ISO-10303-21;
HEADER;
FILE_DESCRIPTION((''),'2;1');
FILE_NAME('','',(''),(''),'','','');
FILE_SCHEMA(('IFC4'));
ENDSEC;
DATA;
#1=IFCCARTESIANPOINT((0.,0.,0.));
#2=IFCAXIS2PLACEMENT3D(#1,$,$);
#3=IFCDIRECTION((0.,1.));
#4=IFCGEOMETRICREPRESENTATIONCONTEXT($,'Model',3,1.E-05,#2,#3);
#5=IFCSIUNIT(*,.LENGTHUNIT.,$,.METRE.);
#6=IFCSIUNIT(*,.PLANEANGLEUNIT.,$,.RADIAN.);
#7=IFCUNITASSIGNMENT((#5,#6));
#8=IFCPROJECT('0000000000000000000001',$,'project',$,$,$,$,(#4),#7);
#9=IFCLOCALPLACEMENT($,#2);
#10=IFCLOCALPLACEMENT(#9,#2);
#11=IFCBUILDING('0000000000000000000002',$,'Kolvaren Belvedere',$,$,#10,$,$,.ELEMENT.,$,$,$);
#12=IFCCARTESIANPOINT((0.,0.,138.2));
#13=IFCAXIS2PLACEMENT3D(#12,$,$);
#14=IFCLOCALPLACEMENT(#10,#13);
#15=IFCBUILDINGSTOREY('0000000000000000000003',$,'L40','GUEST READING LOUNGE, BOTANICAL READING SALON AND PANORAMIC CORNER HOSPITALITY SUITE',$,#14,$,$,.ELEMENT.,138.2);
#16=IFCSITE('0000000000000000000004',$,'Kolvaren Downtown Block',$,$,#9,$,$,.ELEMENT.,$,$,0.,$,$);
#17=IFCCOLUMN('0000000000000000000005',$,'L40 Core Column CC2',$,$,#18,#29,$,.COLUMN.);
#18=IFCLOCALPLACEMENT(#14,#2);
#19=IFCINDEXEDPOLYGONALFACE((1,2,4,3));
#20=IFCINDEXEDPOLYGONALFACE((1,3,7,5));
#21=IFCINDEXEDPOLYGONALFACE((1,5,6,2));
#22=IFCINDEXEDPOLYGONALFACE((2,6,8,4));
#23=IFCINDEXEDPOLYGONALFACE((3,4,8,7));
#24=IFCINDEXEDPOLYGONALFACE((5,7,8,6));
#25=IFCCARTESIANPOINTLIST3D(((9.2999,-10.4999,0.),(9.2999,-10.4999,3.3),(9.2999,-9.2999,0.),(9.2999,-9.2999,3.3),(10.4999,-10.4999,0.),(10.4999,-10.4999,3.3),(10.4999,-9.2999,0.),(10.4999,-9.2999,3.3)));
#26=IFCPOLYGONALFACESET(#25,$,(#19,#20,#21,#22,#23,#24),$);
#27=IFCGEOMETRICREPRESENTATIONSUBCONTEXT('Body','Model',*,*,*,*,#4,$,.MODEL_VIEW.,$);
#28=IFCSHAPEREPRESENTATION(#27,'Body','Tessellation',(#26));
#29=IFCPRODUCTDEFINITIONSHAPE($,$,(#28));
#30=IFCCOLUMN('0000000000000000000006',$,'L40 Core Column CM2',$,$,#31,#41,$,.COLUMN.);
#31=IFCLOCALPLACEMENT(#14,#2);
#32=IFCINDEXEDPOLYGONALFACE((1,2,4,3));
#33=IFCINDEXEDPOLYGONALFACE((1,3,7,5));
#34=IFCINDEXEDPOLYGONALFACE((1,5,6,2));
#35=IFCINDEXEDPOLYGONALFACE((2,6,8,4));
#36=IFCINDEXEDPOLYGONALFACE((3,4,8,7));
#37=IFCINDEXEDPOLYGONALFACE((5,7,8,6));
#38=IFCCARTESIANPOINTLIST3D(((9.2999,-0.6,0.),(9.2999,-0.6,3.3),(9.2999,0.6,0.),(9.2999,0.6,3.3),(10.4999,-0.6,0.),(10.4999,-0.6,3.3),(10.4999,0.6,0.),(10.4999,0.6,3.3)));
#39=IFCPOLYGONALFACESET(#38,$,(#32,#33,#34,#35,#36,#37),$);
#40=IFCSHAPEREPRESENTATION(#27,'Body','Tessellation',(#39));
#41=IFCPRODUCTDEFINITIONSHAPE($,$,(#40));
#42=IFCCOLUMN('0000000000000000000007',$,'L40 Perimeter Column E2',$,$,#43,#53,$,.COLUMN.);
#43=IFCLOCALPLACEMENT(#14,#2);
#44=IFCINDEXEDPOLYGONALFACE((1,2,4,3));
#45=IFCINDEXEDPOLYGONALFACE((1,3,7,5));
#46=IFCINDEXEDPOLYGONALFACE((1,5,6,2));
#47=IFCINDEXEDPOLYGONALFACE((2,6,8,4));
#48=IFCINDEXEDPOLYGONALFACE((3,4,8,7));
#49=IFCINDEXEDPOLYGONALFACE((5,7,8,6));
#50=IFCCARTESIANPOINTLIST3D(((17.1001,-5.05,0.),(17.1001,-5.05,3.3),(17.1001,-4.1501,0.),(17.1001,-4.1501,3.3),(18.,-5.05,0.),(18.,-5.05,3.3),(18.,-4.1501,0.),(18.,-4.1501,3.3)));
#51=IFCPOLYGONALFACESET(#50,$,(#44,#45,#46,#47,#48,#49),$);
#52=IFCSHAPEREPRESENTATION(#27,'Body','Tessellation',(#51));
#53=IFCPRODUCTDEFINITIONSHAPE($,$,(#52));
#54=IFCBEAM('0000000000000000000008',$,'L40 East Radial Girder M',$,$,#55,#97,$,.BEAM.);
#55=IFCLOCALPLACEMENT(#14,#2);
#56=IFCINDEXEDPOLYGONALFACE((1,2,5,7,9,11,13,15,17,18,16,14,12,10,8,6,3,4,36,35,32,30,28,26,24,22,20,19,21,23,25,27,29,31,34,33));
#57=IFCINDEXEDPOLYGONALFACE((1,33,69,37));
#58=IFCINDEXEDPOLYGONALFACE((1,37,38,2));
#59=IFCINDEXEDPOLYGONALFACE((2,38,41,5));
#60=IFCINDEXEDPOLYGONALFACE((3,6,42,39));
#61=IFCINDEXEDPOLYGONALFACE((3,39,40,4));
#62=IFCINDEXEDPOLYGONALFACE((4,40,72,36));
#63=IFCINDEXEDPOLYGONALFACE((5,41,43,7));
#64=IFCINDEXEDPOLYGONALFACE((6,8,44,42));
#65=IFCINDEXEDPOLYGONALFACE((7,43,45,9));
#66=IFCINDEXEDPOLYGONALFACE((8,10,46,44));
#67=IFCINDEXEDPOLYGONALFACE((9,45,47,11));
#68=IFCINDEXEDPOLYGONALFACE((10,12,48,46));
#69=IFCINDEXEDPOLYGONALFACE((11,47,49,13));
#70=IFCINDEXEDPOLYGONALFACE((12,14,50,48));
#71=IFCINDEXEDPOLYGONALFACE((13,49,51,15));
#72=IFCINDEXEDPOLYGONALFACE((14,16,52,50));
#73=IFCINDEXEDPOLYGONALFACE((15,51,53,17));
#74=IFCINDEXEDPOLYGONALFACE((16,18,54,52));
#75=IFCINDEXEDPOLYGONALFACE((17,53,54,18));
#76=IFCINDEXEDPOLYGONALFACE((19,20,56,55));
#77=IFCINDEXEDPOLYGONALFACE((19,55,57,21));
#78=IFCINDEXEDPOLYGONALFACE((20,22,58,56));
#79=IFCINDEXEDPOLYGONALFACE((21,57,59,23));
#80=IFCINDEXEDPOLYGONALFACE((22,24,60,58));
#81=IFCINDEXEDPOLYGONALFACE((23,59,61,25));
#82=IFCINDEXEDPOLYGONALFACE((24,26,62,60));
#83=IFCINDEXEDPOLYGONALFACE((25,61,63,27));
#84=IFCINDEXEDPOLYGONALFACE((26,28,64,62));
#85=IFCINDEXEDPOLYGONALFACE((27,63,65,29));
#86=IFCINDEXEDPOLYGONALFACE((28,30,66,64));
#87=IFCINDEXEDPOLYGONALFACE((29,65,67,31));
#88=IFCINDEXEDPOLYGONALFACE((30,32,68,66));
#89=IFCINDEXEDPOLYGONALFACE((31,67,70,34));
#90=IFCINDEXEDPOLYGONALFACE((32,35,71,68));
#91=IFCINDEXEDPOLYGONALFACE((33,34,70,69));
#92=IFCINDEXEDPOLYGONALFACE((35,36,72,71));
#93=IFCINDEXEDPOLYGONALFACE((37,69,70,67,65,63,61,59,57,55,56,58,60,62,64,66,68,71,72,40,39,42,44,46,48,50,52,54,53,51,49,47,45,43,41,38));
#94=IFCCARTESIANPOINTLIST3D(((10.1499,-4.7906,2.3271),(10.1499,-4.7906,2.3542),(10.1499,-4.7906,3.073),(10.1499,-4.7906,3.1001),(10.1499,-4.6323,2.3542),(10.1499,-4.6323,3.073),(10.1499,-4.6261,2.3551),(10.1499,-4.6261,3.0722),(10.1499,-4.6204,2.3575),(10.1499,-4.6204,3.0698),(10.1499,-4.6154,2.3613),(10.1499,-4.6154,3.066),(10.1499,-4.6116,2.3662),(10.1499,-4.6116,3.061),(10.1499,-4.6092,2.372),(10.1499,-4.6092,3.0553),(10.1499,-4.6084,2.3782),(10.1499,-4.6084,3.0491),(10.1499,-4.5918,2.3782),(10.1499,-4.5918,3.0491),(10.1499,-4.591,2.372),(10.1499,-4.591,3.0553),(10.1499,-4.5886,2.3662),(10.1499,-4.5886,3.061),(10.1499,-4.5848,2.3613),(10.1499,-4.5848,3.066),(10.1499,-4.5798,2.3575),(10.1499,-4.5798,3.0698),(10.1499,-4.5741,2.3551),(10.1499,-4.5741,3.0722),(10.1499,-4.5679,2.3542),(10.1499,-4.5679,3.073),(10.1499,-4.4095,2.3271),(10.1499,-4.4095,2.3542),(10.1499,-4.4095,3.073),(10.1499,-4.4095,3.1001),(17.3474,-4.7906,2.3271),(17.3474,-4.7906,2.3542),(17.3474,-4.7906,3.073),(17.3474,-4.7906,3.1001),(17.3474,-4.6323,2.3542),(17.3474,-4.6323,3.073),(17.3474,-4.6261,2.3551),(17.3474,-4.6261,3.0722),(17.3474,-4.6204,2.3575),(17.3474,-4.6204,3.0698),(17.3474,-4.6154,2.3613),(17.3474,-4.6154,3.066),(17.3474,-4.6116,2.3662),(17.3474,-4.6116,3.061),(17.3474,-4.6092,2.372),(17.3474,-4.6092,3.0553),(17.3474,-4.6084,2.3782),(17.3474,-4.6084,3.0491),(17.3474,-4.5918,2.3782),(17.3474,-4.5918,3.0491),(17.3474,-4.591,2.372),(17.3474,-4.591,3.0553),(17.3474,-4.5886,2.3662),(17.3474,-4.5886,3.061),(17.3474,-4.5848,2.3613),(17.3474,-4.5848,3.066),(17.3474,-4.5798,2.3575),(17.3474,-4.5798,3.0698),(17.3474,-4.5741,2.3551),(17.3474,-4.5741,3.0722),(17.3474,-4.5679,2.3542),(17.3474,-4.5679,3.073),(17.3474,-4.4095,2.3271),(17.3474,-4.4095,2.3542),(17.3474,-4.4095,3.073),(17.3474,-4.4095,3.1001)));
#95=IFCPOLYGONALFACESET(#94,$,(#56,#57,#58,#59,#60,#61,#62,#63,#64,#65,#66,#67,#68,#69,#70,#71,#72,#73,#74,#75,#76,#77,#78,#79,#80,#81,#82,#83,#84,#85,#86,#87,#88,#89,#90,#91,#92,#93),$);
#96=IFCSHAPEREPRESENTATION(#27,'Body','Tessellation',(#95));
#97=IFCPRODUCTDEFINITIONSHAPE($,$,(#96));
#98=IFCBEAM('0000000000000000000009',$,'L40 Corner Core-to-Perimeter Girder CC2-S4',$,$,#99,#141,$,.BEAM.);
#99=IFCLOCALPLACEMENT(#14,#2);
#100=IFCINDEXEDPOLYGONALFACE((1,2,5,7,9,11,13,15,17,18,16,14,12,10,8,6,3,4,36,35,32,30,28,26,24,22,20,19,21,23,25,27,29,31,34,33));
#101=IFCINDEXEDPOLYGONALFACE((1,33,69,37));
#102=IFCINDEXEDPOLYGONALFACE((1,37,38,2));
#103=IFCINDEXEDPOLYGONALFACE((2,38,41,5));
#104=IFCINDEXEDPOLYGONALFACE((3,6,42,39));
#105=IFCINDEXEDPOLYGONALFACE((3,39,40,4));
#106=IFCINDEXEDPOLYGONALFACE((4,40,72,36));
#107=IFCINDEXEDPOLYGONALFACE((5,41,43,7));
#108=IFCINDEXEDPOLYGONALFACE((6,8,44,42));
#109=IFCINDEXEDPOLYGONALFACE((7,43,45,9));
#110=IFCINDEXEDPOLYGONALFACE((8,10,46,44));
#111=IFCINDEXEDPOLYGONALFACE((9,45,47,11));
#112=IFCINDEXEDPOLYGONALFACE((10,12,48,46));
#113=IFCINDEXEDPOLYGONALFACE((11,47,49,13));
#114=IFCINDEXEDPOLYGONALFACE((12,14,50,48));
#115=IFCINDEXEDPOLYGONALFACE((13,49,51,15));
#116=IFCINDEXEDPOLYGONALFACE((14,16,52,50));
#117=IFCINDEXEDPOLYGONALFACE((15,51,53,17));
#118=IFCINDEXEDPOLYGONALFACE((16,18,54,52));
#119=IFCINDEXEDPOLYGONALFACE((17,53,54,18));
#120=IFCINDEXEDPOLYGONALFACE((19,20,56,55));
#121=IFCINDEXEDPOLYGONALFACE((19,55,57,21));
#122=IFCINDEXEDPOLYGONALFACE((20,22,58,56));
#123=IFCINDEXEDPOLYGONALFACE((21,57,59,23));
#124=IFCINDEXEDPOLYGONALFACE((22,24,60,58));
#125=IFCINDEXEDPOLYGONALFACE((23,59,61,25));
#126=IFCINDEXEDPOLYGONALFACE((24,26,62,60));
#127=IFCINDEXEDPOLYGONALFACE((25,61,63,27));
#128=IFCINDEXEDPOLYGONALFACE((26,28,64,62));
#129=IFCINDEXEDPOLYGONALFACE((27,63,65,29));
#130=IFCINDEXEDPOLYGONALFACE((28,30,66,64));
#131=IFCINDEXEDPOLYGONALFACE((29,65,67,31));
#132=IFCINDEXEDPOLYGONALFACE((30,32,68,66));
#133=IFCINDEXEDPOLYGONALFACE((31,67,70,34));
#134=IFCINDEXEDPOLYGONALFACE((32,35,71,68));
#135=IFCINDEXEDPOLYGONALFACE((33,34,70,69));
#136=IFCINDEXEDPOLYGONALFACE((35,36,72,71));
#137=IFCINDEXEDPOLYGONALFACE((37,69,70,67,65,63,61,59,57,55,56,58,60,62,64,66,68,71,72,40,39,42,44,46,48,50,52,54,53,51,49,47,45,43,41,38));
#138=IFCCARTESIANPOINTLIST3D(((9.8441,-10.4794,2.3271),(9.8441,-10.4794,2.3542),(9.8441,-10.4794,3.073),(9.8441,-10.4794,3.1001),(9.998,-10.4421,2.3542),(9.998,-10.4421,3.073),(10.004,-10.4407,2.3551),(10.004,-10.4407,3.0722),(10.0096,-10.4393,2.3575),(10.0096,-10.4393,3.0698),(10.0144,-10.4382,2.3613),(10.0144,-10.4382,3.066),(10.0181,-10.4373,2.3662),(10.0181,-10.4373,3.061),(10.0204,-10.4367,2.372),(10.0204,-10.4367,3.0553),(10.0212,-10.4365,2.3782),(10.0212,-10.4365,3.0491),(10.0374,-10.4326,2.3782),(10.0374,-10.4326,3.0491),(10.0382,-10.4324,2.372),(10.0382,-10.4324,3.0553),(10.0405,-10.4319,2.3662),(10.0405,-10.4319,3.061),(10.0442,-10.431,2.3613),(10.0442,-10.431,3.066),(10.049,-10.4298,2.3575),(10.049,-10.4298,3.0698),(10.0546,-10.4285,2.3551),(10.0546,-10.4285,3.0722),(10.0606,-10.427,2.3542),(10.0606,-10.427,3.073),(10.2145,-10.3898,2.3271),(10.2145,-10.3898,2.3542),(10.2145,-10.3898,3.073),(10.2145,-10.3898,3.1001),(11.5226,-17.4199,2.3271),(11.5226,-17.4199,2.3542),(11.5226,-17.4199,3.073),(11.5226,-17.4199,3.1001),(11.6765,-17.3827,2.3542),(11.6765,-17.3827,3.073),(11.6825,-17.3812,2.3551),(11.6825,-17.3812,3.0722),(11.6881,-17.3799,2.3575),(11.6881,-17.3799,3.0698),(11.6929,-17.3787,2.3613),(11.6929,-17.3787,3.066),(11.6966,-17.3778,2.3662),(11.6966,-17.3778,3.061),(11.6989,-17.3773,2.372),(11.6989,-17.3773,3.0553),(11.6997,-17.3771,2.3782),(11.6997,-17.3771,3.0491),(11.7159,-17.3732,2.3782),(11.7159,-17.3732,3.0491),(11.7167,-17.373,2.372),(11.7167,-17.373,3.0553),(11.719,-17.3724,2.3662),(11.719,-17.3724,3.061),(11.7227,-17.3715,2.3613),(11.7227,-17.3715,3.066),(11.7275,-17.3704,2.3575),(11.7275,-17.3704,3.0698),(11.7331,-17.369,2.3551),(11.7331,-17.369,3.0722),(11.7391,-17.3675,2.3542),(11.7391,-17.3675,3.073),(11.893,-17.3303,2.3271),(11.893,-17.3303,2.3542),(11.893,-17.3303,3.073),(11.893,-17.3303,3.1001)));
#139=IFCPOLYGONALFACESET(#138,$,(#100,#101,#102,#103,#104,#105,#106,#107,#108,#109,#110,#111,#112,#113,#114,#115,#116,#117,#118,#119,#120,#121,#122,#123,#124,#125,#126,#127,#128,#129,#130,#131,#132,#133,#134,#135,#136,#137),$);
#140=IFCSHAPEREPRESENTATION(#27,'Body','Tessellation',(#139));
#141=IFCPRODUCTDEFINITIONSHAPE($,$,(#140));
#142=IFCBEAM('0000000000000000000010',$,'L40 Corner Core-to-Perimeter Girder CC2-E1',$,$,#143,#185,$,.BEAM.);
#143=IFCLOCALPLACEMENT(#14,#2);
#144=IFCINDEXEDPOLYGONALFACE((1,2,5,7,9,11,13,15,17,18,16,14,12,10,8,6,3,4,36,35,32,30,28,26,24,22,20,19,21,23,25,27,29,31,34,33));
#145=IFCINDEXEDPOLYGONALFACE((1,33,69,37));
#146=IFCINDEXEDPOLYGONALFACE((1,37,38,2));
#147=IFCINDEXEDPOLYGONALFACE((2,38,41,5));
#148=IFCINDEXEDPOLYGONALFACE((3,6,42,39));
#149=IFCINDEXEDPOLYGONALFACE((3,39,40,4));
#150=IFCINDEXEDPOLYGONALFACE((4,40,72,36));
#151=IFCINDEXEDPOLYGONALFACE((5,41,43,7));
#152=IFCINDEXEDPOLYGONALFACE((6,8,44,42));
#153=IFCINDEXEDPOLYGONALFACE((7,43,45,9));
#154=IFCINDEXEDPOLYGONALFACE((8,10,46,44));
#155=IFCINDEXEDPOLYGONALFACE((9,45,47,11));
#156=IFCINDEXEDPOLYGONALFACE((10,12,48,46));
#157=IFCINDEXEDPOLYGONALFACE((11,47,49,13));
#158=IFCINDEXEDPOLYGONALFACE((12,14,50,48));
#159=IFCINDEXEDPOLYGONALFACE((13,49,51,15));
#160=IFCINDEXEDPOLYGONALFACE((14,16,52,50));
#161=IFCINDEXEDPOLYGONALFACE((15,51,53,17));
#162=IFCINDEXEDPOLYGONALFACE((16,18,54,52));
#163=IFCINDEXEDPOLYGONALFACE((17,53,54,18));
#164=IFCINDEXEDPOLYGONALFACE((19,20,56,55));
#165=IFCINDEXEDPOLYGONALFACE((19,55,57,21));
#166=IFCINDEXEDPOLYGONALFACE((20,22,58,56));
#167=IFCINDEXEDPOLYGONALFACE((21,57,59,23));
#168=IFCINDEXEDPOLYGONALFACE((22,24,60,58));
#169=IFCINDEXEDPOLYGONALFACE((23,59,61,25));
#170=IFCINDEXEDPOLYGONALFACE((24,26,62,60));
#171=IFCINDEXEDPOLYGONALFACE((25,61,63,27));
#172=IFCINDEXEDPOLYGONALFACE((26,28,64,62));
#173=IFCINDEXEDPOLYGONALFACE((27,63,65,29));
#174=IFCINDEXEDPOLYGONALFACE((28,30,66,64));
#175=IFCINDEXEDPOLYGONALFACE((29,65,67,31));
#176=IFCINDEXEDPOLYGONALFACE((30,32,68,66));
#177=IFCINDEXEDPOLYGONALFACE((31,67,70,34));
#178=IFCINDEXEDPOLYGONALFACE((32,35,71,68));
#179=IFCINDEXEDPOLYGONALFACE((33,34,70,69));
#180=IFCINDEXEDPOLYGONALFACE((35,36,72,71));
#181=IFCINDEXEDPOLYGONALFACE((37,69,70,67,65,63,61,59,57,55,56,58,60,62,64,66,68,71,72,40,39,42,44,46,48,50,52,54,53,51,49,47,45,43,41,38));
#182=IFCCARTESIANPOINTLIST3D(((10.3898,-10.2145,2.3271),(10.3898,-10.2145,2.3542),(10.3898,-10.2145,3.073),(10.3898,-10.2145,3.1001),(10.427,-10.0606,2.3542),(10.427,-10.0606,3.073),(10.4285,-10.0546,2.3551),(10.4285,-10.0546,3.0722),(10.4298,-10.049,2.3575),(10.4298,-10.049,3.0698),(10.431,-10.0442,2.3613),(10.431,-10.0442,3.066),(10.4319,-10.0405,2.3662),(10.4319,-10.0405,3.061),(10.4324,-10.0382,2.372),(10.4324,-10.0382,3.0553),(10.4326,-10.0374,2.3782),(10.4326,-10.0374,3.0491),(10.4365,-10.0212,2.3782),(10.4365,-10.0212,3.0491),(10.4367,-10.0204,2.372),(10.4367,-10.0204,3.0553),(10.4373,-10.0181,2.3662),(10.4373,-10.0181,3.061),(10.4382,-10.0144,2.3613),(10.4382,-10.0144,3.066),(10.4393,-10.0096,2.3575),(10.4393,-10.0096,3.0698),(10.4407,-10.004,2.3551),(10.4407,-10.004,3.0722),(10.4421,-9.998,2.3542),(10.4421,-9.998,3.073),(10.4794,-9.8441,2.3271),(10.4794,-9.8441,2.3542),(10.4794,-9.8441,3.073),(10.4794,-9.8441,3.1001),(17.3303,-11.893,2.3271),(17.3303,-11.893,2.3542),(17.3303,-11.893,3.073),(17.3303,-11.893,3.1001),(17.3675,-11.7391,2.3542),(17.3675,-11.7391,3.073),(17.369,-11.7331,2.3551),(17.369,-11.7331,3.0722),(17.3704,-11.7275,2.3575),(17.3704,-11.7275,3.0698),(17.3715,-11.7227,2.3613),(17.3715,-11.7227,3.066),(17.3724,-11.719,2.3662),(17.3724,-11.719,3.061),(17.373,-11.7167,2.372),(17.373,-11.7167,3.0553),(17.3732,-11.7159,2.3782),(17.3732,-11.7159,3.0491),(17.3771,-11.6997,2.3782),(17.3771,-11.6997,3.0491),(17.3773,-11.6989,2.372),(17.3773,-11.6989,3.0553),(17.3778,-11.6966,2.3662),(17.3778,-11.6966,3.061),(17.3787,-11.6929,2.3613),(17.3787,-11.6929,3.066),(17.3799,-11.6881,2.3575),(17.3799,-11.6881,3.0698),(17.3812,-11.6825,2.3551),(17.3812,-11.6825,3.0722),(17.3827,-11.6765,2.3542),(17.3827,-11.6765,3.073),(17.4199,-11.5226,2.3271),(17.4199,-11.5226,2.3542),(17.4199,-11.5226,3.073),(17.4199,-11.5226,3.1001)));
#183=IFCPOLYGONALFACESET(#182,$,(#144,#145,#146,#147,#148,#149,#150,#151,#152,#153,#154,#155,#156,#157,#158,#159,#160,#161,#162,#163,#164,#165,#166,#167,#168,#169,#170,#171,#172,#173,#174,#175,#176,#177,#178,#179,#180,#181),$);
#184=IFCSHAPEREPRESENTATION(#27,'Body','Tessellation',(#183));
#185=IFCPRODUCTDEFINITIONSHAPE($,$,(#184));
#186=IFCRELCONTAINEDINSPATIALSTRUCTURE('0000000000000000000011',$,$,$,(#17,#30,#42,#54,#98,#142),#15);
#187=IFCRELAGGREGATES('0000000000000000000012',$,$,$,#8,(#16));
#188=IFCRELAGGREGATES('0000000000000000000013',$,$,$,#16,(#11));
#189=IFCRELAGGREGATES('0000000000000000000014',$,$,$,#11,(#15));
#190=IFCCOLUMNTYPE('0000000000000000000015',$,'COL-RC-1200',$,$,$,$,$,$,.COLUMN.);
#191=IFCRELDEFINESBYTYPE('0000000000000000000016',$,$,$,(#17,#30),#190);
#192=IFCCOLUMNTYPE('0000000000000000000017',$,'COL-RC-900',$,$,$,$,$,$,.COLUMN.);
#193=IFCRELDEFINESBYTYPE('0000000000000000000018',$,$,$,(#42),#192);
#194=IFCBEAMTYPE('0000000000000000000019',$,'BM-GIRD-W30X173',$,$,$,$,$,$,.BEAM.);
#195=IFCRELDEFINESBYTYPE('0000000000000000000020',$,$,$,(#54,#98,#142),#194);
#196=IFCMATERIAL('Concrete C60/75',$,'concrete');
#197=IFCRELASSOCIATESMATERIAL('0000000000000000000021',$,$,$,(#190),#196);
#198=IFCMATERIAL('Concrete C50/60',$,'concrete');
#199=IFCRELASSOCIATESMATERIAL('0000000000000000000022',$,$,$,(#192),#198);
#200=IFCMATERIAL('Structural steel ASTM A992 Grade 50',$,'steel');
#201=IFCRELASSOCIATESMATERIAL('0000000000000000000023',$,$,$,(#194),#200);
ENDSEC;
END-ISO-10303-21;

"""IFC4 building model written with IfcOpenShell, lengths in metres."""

from ifc_helpers import new_model, si_unit, direction, frame, origin, origin_2d, place, context, subcontext, project, spatial, rectangle, i_section, extrude, material, material_profile, profile_set, type_object, element, save


model = new_model("IFC4")

# Units and contexts
model_context = context("Model", 3, precision=1e-05, world=origin(), true_north=direction((0.0, 1.0)))
body_context = subcontext(model_context, "Body", "Model", "MODEL_VIEW")
ifc_project = project(units=[si_unit("LENGTHUNIT", "METRE"), si_unit("PLANEANGLEUNIT", "RADIAN")], contexts=[model_context])

# Site, building, storey
site_placement = place(None, origin())
site = spatial("IfcSite", under=ifc_project, at=site_placement, Name="Kolvaren Downtown Block", CompositionType="ELEMENT", RefElevation=0.0)
building_placement = place(site_placement, origin())
building = spatial("IfcBuilding", under=site, at=building_placement, Name="Kolvaren Belvedere", CompositionType="ELEMENT")
storey_placement = place(building_placement, frame((0.0, 0.0, 138.2)))
storey = spatial("IfcBuildingStorey", under=building, at=storey_placement, Name="L40", Description="GUEST READING LOUNGE, BOTANICAL READING SALON AND PANORAMIC CORNER HOSPITALITY SUITE", CompositionType="ELEMENT", Elevation=138.2)

# Columns
ifc_material_1 = material(Name="Concrete C60/75", Category="concrete")
ifc_material_profile_1 = material_profile(ifc_material_1, rectangle(XDim=1.2, YDim=1.2, at=origin_2d()), Name="RC 1200X1200")
ifc_profile_set_1 = profile_set([ifc_material_profile_1], Name="Concrete C60/75")
column_type_1 = type_object("IfcColumnType", Name="COL-RC-1200", PredefinedType="COLUMN", material=ifc_profile_set_1)
for number, where, z_axis, x_axis, name in (
    (1, (9.8999, -9.8999, 0.0), (0.0, 0.0, 1.0), (1.0, 0.0, 0.0), "L40 Core Column CC2"),
    (2, (9.8999, 0.0, 0.0), (0.0, 0.0, 1.0), (1.0, 0.0, 0.0), "L40 Core Column CM2"),
):
    element("IfcColumn", number, at=place(storey_placement, frame(where, z_axis=z_axis, x_axis=x_axis)), inside=storey, type_object=column_type_1, Name=name, PredefinedType="COLUMN", context=body_context, shape_type="SweptSolid", body=[
        extrude(rectangle(XDim=1.2, YDim=1.2, at=origin_2d()), origin(), (0.0, 0.0, 1.0), 3.3),
    ])
ifc_material_2 = material(Name="Concrete C50/60", Category="concrete")
ifc_material_profile_2 = material_profile(ifc_material_2, rectangle(XDim=0.8999, YDim=0.8999, at=origin_2d()), Name="RC 900X900")
ifc_profile_set_2 = profile_set([ifc_material_profile_2], Name="Concrete C50/60")
column_type_2 = type_object("IfcColumnType", Name="COL-RC-900", PredefinedType="COLUMN", material=ifc_profile_set_2)
column_placement = place(storey_placement, frame((17.55, -4.6001, 0.0), z_axis=(0.0, 0.0, 1.0), x_axis=(1.0, 0.0, 0.0)))
element("IfcColumn", 3, at=column_placement, inside=storey, type_object=column_type_2, Name="L40 Perimeter Column E2", PredefinedType="COLUMN", context=body_context, shape_type="SweptSolid", body=[
    extrude(rectangle(XDim=0.8999, YDim=0.8999, at=origin_2d()), origin(), (0.0, 0.0, 1.0), 3.3),
])

# Beams
ifc_material_3 = material(Name="Structural steel ASTM A992 Grade 50", Category="steel")
ifc_material_profile_3 = material_profile(ifc_material_3, i_section(OverallWidth=0.3811, OverallDepth=0.7729, WebThickness=0.0166, FlangeThickness=0.0271, FilletRadius=0.0239, at=origin_2d()), Name="W30X173")
ifc_profile_set_3 = profile_set([ifc_material_profile_3], Name="Structural steel ASTM A992 Grade 50")
beam_type_1 = type_object("IfcBeamType", Name="BM-GIRD-W30X173", PredefinedType="BEAM", material=ifc_profile_set_3)
beam_1_placement = place(storey_placement, frame((10.1499, -4.6001, 2.7136), z_axis=(1.0, 0.0, 0.0), x_axis=(0.0, 1.0, 0.0)))
element("IfcBeam", 4, at=beam_1_placement, inside=storey, type_object=beam_type_1, Name="L40 East Radial Girder M", PredefinedType="BEAM", context=body_context, shape_type="SweptSolid", body=[
    extrude(i_section(OverallWidth=0.3811, OverallDepth=0.7729, WebThickness=0.0166, FlangeThickness=0.0271, FilletRadius=0.0239, at=origin_2d()), origin(), (0.0, 0.0, 1.0), 7.1975),
])
for number, where, z_axis, x_axis, name in (
    (5, (10.0293, -10.4346, 2.7136), (0.235063, -0.97198, 0.0), (0.97198, 0.235063, 0.0), "L40 Corner Core-to-Perimeter Girder CC2-S4"),
    (6, (10.4346, -10.0293, 2.7136), (0.97198, -0.235063, 0.0), (0.235063, 0.97198, 0.0), "L40 Corner Core-to-Perimeter Girder CC2-E1"),
):
    element("IfcBeam", number, at=place(storey_placement, frame(where, z_axis=z_axis, x_axis=x_axis)), inside=storey, type_object=beam_type_1, Name=name, PredefinedType="BEAM", context=body_context, shape_type="SweptSolid", body=[
        extrude(i_section(OverallWidth=0.3811, OverallDepth=0.7729, WebThickness=0.0166, FlangeThickness=0.0271, FilletRadius=0.0239, at=origin_2d()), origin(), (0.0, 0.0, 1.0), 7.1406),
    ])

save(model, "model.ifc")
